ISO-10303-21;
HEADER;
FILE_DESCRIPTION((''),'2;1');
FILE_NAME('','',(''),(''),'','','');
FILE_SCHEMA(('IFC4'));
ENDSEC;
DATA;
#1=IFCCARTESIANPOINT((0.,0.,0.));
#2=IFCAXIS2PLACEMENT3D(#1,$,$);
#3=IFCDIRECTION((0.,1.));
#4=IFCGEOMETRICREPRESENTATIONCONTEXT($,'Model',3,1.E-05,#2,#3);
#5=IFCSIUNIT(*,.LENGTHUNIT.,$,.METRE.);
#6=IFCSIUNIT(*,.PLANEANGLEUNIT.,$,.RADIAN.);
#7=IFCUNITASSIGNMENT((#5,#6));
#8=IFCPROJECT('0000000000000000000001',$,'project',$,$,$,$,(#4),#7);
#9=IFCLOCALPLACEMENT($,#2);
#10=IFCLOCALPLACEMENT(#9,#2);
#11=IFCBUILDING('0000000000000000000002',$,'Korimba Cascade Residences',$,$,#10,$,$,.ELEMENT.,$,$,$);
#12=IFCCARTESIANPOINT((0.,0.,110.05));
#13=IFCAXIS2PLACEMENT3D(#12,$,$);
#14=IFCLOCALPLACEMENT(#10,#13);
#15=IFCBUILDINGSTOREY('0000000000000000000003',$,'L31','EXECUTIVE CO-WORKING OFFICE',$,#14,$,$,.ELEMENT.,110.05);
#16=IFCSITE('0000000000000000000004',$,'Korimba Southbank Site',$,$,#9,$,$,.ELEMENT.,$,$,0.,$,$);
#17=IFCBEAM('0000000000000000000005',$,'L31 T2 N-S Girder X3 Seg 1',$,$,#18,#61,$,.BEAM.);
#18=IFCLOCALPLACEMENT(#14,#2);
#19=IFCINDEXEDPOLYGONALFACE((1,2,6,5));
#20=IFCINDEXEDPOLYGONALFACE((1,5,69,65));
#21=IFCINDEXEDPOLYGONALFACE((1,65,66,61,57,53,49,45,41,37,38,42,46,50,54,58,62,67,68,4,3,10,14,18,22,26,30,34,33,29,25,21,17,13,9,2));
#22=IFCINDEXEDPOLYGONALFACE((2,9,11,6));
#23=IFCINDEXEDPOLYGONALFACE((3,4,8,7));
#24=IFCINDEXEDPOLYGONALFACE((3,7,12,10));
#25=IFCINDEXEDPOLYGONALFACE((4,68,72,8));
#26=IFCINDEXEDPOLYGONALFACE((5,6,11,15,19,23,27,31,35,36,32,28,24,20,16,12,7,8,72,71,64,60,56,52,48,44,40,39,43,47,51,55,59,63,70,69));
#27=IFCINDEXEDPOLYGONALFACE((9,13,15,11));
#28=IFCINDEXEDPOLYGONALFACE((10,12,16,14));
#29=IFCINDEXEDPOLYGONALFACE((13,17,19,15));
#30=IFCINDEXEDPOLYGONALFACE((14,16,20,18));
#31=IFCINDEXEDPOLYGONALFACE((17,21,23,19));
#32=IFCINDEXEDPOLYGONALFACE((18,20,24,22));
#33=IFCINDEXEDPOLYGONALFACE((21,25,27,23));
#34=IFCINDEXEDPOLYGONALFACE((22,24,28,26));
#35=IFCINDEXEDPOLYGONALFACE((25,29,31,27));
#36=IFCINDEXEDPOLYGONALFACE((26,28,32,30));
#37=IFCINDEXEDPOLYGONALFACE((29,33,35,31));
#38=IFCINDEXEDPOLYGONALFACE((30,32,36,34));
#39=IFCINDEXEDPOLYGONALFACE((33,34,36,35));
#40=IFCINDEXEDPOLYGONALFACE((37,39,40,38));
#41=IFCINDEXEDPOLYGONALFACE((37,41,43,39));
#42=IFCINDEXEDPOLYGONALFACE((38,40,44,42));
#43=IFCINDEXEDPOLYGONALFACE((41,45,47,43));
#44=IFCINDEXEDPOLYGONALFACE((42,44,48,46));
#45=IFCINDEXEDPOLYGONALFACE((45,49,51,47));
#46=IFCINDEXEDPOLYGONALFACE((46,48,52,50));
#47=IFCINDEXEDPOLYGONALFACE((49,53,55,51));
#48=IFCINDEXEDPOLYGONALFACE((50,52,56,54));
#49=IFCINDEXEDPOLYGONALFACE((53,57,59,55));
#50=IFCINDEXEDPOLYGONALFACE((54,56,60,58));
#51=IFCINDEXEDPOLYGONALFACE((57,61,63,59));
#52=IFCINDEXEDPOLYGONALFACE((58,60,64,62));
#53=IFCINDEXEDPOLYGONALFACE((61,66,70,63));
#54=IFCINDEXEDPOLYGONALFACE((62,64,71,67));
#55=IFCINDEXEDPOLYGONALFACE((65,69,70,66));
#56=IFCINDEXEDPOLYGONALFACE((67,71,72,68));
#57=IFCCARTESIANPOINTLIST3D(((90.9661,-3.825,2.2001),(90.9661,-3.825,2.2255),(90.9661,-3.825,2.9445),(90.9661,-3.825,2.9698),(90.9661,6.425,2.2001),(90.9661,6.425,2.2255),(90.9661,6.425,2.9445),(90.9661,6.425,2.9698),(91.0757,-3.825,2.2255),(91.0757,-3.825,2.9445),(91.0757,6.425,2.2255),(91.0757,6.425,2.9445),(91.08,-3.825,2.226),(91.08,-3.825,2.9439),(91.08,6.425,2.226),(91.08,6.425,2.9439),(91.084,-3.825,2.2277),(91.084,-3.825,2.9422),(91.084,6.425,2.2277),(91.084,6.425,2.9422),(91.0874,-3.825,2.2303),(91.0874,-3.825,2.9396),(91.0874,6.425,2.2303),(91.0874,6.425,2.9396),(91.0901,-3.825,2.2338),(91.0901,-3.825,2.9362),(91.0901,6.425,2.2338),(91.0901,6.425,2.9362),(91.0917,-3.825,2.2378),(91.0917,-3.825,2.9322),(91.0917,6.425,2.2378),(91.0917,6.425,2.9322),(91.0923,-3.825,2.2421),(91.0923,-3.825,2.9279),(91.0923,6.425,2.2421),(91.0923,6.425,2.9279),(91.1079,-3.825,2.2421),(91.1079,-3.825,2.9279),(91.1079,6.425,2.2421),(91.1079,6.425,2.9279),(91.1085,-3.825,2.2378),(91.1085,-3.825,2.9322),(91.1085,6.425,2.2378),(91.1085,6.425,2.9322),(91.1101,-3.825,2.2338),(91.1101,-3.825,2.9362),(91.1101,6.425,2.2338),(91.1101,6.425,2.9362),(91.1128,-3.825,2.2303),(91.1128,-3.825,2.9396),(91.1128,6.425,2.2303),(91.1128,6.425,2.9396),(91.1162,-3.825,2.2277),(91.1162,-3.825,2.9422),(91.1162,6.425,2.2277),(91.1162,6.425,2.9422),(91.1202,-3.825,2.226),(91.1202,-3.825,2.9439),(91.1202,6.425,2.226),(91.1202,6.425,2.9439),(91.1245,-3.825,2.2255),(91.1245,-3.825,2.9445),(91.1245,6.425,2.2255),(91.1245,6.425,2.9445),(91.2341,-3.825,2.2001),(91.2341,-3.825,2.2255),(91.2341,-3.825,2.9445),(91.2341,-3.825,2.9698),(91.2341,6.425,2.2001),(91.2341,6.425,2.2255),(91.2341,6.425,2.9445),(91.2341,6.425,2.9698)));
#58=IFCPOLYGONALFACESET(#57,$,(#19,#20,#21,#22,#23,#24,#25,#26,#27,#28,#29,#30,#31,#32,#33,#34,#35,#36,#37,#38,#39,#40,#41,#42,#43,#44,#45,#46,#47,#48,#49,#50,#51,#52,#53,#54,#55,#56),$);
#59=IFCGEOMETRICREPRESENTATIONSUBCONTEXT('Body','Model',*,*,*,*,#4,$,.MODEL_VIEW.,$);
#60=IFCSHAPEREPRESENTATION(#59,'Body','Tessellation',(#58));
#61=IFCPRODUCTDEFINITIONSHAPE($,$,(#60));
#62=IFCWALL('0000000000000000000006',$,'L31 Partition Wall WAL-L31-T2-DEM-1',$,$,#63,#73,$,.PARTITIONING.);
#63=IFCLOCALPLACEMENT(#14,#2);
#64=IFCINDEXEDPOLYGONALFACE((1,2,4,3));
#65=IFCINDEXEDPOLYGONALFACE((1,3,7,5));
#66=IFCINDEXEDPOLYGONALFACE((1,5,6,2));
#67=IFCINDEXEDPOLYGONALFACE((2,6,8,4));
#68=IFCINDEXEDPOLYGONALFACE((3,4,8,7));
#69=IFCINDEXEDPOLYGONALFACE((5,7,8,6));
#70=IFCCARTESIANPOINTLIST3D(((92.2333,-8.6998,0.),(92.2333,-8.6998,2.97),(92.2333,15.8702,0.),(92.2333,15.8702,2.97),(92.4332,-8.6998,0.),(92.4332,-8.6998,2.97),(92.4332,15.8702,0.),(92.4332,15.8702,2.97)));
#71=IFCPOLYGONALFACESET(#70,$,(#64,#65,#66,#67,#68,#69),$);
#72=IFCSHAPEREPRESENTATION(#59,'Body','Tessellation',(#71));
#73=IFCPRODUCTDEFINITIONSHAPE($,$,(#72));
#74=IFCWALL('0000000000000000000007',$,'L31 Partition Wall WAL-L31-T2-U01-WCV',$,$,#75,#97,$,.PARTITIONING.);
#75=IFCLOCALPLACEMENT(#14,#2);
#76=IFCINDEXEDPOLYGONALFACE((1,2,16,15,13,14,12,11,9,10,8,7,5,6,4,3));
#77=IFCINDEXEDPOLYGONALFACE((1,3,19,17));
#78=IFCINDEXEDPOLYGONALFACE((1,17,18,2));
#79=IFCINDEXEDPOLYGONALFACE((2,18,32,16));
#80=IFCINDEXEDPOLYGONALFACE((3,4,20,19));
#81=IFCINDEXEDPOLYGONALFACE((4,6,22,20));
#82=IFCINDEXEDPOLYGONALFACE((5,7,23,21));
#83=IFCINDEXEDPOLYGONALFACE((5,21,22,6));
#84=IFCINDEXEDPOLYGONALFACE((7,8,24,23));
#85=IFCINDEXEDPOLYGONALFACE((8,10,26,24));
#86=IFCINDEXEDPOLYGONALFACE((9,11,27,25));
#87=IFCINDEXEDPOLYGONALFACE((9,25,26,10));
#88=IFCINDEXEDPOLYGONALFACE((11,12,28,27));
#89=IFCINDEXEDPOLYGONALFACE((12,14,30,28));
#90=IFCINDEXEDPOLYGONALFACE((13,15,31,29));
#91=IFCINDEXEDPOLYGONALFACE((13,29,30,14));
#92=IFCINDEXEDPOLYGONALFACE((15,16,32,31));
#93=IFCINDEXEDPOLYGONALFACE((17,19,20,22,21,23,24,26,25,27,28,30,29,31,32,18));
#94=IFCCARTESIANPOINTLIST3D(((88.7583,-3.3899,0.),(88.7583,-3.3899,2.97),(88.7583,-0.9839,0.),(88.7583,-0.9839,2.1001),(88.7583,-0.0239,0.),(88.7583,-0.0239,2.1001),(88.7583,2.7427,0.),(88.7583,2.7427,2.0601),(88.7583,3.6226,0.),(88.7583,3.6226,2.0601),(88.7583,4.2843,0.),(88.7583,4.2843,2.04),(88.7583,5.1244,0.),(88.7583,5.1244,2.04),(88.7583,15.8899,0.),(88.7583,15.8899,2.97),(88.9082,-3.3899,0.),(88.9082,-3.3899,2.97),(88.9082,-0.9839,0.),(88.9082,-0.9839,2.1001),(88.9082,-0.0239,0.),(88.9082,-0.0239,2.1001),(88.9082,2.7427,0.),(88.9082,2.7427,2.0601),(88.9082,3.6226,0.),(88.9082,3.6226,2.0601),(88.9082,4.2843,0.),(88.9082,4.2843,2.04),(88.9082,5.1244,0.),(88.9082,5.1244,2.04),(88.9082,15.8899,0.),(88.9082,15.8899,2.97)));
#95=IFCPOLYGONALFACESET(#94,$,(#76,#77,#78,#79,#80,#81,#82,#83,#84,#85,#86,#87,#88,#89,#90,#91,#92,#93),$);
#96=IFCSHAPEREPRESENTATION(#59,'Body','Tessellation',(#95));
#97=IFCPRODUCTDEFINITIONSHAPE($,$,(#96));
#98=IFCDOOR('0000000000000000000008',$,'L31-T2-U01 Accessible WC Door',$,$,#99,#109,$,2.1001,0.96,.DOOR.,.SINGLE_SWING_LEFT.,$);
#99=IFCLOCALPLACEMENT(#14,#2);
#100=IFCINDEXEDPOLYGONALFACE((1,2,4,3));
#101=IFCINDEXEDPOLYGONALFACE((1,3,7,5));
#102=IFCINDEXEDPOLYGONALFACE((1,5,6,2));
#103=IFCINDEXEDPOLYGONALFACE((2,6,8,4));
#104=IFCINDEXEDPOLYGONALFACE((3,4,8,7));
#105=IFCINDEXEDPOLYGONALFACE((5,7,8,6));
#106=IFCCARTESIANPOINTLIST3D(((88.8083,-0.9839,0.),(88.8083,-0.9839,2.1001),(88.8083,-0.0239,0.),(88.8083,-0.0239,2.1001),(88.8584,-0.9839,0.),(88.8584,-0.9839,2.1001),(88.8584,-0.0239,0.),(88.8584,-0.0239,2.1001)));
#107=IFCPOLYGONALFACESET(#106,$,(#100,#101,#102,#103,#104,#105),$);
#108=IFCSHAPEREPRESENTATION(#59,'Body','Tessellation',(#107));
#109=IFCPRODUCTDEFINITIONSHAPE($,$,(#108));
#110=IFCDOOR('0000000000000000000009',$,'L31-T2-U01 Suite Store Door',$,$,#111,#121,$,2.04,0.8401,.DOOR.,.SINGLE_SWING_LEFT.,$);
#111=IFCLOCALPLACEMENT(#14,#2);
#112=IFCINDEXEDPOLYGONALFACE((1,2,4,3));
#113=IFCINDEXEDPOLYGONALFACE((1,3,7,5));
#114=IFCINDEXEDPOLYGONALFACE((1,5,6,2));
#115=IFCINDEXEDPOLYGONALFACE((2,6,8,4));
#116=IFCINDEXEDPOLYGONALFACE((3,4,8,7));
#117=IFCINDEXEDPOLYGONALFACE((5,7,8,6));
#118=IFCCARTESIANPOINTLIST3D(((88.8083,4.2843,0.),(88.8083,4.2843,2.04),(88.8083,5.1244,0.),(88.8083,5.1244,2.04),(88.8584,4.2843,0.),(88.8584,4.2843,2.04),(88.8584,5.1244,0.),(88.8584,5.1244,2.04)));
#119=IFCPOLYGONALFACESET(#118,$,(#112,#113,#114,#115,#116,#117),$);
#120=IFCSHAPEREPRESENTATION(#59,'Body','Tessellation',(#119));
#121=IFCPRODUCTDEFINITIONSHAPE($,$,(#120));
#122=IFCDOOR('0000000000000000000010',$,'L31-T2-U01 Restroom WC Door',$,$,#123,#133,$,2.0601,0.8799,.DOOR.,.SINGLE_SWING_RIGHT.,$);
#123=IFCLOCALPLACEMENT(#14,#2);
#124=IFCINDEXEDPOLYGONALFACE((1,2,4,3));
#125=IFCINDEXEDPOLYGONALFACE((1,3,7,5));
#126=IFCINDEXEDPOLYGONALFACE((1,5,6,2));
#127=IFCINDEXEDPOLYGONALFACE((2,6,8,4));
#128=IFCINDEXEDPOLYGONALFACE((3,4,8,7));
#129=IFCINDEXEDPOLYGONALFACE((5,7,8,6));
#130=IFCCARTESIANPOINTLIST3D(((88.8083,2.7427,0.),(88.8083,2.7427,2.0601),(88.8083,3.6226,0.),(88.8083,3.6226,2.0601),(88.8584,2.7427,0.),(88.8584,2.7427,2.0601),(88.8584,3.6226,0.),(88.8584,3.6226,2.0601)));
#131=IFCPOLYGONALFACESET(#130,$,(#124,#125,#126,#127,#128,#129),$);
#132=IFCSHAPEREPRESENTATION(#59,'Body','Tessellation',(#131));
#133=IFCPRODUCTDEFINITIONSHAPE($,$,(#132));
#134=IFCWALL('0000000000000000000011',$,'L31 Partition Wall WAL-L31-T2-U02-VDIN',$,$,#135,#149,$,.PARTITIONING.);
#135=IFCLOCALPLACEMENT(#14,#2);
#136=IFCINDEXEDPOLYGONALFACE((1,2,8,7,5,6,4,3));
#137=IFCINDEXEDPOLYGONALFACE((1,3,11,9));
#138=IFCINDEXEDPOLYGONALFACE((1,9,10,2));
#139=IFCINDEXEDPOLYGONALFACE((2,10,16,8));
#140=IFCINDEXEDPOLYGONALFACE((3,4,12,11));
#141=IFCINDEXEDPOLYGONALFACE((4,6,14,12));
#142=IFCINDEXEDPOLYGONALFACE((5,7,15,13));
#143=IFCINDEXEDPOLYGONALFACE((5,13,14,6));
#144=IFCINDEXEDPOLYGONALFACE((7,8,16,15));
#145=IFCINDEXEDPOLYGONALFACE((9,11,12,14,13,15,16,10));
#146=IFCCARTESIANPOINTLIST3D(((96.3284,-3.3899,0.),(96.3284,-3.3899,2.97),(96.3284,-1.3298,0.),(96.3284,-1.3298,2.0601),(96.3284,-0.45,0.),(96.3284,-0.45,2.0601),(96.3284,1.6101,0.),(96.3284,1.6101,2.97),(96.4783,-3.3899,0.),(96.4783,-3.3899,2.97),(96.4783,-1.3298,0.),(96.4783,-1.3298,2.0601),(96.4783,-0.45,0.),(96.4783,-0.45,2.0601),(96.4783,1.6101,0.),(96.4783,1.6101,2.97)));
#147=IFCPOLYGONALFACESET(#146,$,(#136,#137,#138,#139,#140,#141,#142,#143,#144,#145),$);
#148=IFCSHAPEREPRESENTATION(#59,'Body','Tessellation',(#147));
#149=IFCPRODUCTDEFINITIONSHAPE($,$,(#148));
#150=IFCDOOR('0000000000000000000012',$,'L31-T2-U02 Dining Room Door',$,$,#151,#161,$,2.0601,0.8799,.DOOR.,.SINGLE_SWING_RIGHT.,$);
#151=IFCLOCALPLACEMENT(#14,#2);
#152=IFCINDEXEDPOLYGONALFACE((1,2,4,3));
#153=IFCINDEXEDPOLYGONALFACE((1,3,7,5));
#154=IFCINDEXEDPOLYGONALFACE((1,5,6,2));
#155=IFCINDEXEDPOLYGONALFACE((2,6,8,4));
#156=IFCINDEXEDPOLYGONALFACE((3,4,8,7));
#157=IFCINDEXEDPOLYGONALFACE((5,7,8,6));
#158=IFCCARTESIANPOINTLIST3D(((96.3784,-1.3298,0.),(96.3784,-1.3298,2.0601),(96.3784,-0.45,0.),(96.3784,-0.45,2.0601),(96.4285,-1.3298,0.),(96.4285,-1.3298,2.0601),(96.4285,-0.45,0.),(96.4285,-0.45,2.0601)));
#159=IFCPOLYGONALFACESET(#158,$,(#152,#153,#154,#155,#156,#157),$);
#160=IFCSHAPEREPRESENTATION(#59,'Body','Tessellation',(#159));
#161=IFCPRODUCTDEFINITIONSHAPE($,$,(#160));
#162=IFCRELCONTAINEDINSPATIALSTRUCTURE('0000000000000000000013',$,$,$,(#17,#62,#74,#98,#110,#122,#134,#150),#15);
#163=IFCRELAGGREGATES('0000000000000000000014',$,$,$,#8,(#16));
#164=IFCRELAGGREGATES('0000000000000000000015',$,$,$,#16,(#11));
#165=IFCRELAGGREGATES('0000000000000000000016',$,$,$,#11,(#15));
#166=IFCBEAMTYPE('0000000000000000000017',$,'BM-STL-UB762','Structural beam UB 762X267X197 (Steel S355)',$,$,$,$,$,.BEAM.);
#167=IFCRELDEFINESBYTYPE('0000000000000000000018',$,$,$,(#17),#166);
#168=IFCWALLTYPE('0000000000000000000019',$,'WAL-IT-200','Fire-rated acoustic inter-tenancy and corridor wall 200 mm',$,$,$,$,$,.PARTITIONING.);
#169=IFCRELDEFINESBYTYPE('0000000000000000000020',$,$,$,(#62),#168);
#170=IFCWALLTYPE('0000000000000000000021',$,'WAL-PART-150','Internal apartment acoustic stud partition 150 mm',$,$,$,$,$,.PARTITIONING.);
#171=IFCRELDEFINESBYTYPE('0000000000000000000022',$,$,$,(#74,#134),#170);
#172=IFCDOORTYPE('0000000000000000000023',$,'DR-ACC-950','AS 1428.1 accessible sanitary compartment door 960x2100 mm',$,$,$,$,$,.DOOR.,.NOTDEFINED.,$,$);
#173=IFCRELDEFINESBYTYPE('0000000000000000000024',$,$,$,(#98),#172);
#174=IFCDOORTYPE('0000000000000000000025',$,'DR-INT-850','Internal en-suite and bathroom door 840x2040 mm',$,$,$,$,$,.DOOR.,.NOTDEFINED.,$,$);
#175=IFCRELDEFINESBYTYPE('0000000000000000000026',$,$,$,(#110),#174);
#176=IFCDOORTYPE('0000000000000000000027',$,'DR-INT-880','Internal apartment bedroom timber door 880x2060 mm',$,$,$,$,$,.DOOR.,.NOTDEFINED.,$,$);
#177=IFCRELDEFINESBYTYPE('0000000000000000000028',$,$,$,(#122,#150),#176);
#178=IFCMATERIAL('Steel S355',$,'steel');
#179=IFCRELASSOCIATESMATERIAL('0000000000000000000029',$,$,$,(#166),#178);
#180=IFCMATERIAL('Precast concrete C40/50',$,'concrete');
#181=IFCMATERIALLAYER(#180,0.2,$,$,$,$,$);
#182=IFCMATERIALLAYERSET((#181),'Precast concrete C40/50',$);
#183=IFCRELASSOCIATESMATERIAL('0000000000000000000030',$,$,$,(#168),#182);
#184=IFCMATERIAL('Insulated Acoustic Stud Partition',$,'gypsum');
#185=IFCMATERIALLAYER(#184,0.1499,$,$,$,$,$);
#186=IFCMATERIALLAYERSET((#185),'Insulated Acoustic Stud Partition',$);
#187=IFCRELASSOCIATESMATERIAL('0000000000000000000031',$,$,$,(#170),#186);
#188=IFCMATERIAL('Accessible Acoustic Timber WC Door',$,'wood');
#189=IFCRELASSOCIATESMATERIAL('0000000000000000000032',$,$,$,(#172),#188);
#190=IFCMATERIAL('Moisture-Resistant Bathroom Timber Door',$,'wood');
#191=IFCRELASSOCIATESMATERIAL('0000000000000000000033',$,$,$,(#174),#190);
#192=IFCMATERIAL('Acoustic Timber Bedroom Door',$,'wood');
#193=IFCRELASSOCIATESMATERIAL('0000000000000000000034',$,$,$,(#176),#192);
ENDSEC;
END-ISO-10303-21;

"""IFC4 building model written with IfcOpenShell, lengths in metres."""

from ifc_helpers import new_model, si_unit, direction, frame, frame_2d, origin, origin_2d, place, context, subcontext, project, spatial, rectangle, i_section, extrude, material, layer, layer_set, material_profile, profile_set, type_object, element, fill, save


model = new_model("IFC4")

# Units and contexts
model_context = context("Model", 3, precision=1e-05, world=origin(), true_north=direction((0.0, 1.0)))
body_context = subcontext(model_context, "Body", "Model", "MODEL_VIEW")
ifc_project = project(units=[si_unit("LENGTHUNIT", "METRE"), si_unit("PLANEANGLEUNIT", "RADIAN")], contexts=[model_context])

# Site, building, storey
site_placement = place(None, origin())
site = spatial("IfcSite", under=ifc_project, at=site_placement, Name="Korimba Southbank Site", CompositionType="ELEMENT", RefElevation=0.0)
building_placement = place(site_placement, origin())
building = spatial("IfcBuilding", under=site, at=building_placement, Name="Korimba Cascade Residences", CompositionType="ELEMENT")
storey_placement = place(building_placement, frame((0.0, 0.0, 110.05)))
storey = spatial("IfcBuildingStorey", under=building, at=storey_placement, Name="L31", Description="EXECUTIVE CO-WORKING OFFICE", CompositionType="ELEMENT", Elevation=110.05)

# Beam
ifc_material_1 = material(Name="Steel S355", Category="steel")
ifc_material_profile_1 = material_profile(ifc_material_1, i_section(OverallWidth=0.2681, OverallDepth=0.7698, WebThickness=0.0156, FlangeThickness=0.0254, FilletRadius=0.0166, at=origin_2d()), Name="Steel S355")
ifc_profile_set_1 = profile_set([ifc_material_profile_1], Name="Steel S355")
beam_type_1 = type_object("IfcBeamType", Name="BM-STL-UB762", Description="Structural beam UB 762X267X197 (Steel S355)", PredefinedType="BEAM", material=ifc_profile_set_1)
for number, where, z_axis, x_axis, name in (
    (1, (91.1001, -3.825, 2.585), (0.0, 1.0, 0.0), (-1.0, 0.0, 0.0), "L31 T2 N-S Girder X3 Seg 1"),
):
    element("IfcBeam", number, at=place(storey_placement, frame(where, z_axis=z_axis, x_axis=x_axis)), inside=storey, type_object=beam_type_1, Name=name, PredefinedType="BEAM", context=body_context, shape_type="SweptSolid", body=[
        extrude(i_section(OverallWidth=0.2681, OverallDepth=0.7698, WebThickness=0.0156, FlangeThickness=0.0254, FilletRadius=0.0166, at=origin_2d()), origin(), (0.0, 0.0, 1.0), 10.25),
    ])

# Wall
ifc_material_2 = material(Name="Precast concrete C40/50", Category="concrete")
ifc_layer_1 = layer(ifc_material_2, 0.2)
ifc_layer_set_1 = layer_set([ifc_layer_1], Name="Precast concrete C40/50")
wall_type_1 = type_object("IfcWallType", Name="WAL-IT-200", Description="Fire-rated acoustic inter-tenancy and corridor wall 200 mm", PredefinedType="PARTITIONING", material=ifc_layer_set_1)
wall_1_placement = place(storey_placement, frame((92.3333, -8.7, 0.0), z_axis=(0.0, 0.0, 1.0), x_axis=(0.0, 1.0, 0.0)))
element("IfcWall", 2, at=wall_1_placement, inside=storey, type_object=wall_type_1, Name="L31 Partition Wall WAL-L31-T2-DEM-1", PredefinedType="PARTITIONING", context=body_context, shape_type="SweptSolid", body=[
    extrude(rectangle(XDim=24.5701, YDim=0.2, at=frame_2d((12.2852, 0.0))), origin(), (0.0, 0.0, 1.0), 2.97),
])

# Wall, openings, doors
ifc_material_3 = material(Name="Insulated Acoustic Stud Partition", Category="gypsum")
ifc_layer_2 = layer(ifc_material_3, 0.1499)
ifc_layer_set_2 = layer_set([ifc_layer_2], Name="Insulated Acoustic Stud Partition")
wall_type_2 = type_object("IfcWallType", Name="WAL-PART-150", Description="Internal apartment acoustic stud partition 150 mm", PredefinedType="PARTITIONING", material=ifc_layer_set_2)
wall_2_placement = place(storey_placement, frame((88.8333, -3.3899, 0.0), z_axis=(0.0, 0.0, 1.0), x_axis=(0.0, 1.0, 0.0)))
wall_2 = element("IfcWall", 3, at=wall_2_placement, inside=storey, type_object=wall_type_2, Name="L31 Partition Wall WAL-L31-T2-U01-WCV", PredefinedType="PARTITIONING", context=body_context, shape_type="SweptSolid", body=[
    extrude(rectangle(XDim=19.2798, YDim=0.1499, at=frame_2d((9.6399, 0.0))), origin(), (0.0, 0.0, 1.0), 2.97),
])
opening_1_placement = place(wall_2_placement, frame((2.406, 0.0, 0.0)))
opening_1 = element("IfcOpeningElement", 4, at=opening_1_placement, cuts=wall_2, PredefinedType="OPENING", context=body_context, shape_type="SweptSolid", body=[
    extrude(rectangle(XDim=0.96, YDim=2.1001, at=frame_2d((0.48, 1.05))), frame((0.0, 0.085, 0.0), z_axis=(0.0, -1.0, 0.0), x_axis=(1.0, 0.0, 0.0)), (0.0, 0.0, 1.0), 0.1699),
])
opening_2_placement = place(wall_2_placement, frame((6.1326, 0.0, 0.0)))
opening_2 = element("IfcOpeningElement", 5, at=opening_2_placement, cuts=wall_2, PredefinedType="OPENING", context=body_context, shape_type="SweptSolid", body=[
    extrude(rectangle(XDim=0.8799, YDim=2.0601, at=frame_2d((0.4399, 1.03))), frame((0.0, 0.085, 0.0), z_axis=(0.0, -1.0, 0.0), x_axis=(1.0, 0.0, 0.0)), (0.0, 0.0, 1.0), 0.1699),
])
opening_3_placement = place(wall_2_placement, frame((7.6743, 0.0, 0.0)))
opening_3 = element("IfcOpeningElement", 6, at=opening_3_placement, cuts=wall_2, PredefinedType="OPENING", context=body_context, shape_type="SweptSolid", body=[
    extrude(rectangle(XDim=0.8401, YDim=2.04, at=frame_2d((0.4199, 1.02))), frame((0.0, 0.085, 0.0), z_axis=(0.0, -1.0, 0.0), x_axis=(1.0, 0.0, 0.0)), (0.0, 0.0, 1.0), 0.1699),
])
ifc_material_4 = material(Name="Accessible Acoustic Timber WC Door", Category="wood")
door_type_1 = type_object("IfcDoorType", Name="DR-ACC-950", Description="AS 1428.1 accessible sanitary compartment door 960x2100 mm", OperationType="NOTDEFINED", PredefinedType="DOOR", material=ifc_material_4)
door_1_placement = place(opening_1_placement, origin())
door_1 = element("IfcDoor", 7, at=door_1_placement, inside=storey, type_object=door_type_1, Name="L31-T2-U01 Accessible WC Door", OperationType="SINGLE_SWING_LEFT", OverallHeight=2.1001, OverallWidth=0.96, PredefinedType="DOOR", context=body_context, shape_type="SweptSolid", body=[
    extrude(rectangle(XDim=0.96, YDim=2.1001, at=frame_2d((0.48, 1.05))), frame((0.0, 0.0249, 0.0), z_axis=(0.0, -1.0, 0.0), x_axis=(1.0, 0.0, 0.0)), (0.0, 0.0, 1.0), 0.05),
])
fill(opening_1, door_1)
ifc_material_5 = material(Name="Moisture-Resistant Bathroom Timber Door", Category="wood")
door_type_2 = type_object("IfcDoorType", Name="DR-INT-850", Description="Internal en-suite and bathroom door 840x2040 mm", OperationType="NOTDEFINED", PredefinedType="DOOR", material=ifc_material_5)
door_2_placement = place(opening_3_placement, origin())
door_2 = element("IfcDoor", 8, at=door_2_placement, inside=storey, type_object=door_type_2, Name="L31-T2-U01 Suite Store Door", OperationType="SINGLE_SWING_LEFT", OverallHeight=2.04, OverallWidth=0.8401, PredefinedType="DOOR", context=body_context, shape_type="SweptSolid", body=[
    extrude(rectangle(XDim=0.8401, YDim=2.04, at=frame_2d((0.4199, 1.02))), frame((0.0, 0.0249, 0.0), z_axis=(0.0, -1.0, 0.0), x_axis=(1.0, 0.0, 0.0)), (0.0, 0.0, 1.0), 0.05),
])
fill(opening_3, door_2)
ifc_material_6 = material(Name="Acoustic Timber Bedroom Door", Category="wood")
door_type_3 = type_object("IfcDoorType", Name="DR-INT-880", Description="Internal apartment bedroom timber door 880x2060 mm", OperationType="NOTDEFINED", PredefinedType="DOOR", material=ifc_material_6)
door_3_placement = place(opening_2_placement, origin())
door_3 = element("IfcDoor", 9, at=door_3_placement, inside=storey, type_object=door_type_3, Name="L31-T2-U01 Restroom WC Door", OperationType="SINGLE_SWING_RIGHT", OverallHeight=2.0601, OverallWidth=0.8799, PredefinedType="DOOR", context=body_context, shape_type="SweptSolid", body=[
    extrude(rectangle(XDim=0.8799, YDim=2.0601, at=frame_2d((0.4399, 1.03))), frame((0.0, 0.0249, 0.0), z_axis=(0.0, -1.0, 0.0), x_axis=(1.0, 0.0, 0.0)), (0.0, 0.0, 1.0), 0.05),
])
fill(opening_2, door_3)

# Wall, opening, door
wall_3_placement = place(storey_placement, frame((96.4033, -3.3899, 0.0), z_axis=(0.0, 0.0, 1.0), x_axis=(0.0, 1.0, 0.0)))
wall_3 = element("IfcWall", 10, at=wall_3_placement, inside=storey, type_object=wall_type_2, Name="L31 Partition Wall WAL-L31-T2-U02-VDIN", PredefinedType="PARTITIONING", context=body_context, shape_type="SweptSolid", body=[
    extrude(rectangle(XDim=5.0, YDim=0.1499, at=frame_2d((2.5, 0.0))), origin(), (0.0, 0.0, 1.0), 2.97),
])
opening_4_placement = place(wall_3_placement, frame((2.0601, 0.0, 0.0)))
opening_4 = element("IfcOpeningElement", 11, at=opening_4_placement, cuts=wall_3, PredefinedType="OPENING", context=body_context, shape_type="SweptSolid", body=[
    extrude(rectangle(XDim=0.8799, YDim=2.0601, at=frame_2d((0.4399, 1.03))), frame((0.0, 0.085, 0.0), z_axis=(0.0, -1.0, 0.0), x_axis=(1.0, 0.0, 0.0)), (0.0, 0.0, 1.0), 0.1699),
])
door_4_placement = place(opening_4_placement, origin())
door_4 = element("IfcDoor", 12, at=door_4_placement, inside=storey, type_object=door_type_3, Name="L31-T2-U02 Dining Room Door", OperationType="SINGLE_SWING_RIGHT", OverallHeight=2.0601, OverallWidth=0.8799, PredefinedType="DOOR", context=body_context, shape_type="SweptSolid", body=[
    extrude(rectangle(XDim=0.8799, YDim=2.0601, at=frame_2d((0.4399, 1.03))), frame((0.0, 0.0249, 0.0), z_axis=(0.0, -1.0, 0.0), x_axis=(1.0, 0.0, 0.0)), (0.0, 0.0, 1.0), 0.05),
])
fill(opening_4, door_4)

save(model, "model.ifc")
